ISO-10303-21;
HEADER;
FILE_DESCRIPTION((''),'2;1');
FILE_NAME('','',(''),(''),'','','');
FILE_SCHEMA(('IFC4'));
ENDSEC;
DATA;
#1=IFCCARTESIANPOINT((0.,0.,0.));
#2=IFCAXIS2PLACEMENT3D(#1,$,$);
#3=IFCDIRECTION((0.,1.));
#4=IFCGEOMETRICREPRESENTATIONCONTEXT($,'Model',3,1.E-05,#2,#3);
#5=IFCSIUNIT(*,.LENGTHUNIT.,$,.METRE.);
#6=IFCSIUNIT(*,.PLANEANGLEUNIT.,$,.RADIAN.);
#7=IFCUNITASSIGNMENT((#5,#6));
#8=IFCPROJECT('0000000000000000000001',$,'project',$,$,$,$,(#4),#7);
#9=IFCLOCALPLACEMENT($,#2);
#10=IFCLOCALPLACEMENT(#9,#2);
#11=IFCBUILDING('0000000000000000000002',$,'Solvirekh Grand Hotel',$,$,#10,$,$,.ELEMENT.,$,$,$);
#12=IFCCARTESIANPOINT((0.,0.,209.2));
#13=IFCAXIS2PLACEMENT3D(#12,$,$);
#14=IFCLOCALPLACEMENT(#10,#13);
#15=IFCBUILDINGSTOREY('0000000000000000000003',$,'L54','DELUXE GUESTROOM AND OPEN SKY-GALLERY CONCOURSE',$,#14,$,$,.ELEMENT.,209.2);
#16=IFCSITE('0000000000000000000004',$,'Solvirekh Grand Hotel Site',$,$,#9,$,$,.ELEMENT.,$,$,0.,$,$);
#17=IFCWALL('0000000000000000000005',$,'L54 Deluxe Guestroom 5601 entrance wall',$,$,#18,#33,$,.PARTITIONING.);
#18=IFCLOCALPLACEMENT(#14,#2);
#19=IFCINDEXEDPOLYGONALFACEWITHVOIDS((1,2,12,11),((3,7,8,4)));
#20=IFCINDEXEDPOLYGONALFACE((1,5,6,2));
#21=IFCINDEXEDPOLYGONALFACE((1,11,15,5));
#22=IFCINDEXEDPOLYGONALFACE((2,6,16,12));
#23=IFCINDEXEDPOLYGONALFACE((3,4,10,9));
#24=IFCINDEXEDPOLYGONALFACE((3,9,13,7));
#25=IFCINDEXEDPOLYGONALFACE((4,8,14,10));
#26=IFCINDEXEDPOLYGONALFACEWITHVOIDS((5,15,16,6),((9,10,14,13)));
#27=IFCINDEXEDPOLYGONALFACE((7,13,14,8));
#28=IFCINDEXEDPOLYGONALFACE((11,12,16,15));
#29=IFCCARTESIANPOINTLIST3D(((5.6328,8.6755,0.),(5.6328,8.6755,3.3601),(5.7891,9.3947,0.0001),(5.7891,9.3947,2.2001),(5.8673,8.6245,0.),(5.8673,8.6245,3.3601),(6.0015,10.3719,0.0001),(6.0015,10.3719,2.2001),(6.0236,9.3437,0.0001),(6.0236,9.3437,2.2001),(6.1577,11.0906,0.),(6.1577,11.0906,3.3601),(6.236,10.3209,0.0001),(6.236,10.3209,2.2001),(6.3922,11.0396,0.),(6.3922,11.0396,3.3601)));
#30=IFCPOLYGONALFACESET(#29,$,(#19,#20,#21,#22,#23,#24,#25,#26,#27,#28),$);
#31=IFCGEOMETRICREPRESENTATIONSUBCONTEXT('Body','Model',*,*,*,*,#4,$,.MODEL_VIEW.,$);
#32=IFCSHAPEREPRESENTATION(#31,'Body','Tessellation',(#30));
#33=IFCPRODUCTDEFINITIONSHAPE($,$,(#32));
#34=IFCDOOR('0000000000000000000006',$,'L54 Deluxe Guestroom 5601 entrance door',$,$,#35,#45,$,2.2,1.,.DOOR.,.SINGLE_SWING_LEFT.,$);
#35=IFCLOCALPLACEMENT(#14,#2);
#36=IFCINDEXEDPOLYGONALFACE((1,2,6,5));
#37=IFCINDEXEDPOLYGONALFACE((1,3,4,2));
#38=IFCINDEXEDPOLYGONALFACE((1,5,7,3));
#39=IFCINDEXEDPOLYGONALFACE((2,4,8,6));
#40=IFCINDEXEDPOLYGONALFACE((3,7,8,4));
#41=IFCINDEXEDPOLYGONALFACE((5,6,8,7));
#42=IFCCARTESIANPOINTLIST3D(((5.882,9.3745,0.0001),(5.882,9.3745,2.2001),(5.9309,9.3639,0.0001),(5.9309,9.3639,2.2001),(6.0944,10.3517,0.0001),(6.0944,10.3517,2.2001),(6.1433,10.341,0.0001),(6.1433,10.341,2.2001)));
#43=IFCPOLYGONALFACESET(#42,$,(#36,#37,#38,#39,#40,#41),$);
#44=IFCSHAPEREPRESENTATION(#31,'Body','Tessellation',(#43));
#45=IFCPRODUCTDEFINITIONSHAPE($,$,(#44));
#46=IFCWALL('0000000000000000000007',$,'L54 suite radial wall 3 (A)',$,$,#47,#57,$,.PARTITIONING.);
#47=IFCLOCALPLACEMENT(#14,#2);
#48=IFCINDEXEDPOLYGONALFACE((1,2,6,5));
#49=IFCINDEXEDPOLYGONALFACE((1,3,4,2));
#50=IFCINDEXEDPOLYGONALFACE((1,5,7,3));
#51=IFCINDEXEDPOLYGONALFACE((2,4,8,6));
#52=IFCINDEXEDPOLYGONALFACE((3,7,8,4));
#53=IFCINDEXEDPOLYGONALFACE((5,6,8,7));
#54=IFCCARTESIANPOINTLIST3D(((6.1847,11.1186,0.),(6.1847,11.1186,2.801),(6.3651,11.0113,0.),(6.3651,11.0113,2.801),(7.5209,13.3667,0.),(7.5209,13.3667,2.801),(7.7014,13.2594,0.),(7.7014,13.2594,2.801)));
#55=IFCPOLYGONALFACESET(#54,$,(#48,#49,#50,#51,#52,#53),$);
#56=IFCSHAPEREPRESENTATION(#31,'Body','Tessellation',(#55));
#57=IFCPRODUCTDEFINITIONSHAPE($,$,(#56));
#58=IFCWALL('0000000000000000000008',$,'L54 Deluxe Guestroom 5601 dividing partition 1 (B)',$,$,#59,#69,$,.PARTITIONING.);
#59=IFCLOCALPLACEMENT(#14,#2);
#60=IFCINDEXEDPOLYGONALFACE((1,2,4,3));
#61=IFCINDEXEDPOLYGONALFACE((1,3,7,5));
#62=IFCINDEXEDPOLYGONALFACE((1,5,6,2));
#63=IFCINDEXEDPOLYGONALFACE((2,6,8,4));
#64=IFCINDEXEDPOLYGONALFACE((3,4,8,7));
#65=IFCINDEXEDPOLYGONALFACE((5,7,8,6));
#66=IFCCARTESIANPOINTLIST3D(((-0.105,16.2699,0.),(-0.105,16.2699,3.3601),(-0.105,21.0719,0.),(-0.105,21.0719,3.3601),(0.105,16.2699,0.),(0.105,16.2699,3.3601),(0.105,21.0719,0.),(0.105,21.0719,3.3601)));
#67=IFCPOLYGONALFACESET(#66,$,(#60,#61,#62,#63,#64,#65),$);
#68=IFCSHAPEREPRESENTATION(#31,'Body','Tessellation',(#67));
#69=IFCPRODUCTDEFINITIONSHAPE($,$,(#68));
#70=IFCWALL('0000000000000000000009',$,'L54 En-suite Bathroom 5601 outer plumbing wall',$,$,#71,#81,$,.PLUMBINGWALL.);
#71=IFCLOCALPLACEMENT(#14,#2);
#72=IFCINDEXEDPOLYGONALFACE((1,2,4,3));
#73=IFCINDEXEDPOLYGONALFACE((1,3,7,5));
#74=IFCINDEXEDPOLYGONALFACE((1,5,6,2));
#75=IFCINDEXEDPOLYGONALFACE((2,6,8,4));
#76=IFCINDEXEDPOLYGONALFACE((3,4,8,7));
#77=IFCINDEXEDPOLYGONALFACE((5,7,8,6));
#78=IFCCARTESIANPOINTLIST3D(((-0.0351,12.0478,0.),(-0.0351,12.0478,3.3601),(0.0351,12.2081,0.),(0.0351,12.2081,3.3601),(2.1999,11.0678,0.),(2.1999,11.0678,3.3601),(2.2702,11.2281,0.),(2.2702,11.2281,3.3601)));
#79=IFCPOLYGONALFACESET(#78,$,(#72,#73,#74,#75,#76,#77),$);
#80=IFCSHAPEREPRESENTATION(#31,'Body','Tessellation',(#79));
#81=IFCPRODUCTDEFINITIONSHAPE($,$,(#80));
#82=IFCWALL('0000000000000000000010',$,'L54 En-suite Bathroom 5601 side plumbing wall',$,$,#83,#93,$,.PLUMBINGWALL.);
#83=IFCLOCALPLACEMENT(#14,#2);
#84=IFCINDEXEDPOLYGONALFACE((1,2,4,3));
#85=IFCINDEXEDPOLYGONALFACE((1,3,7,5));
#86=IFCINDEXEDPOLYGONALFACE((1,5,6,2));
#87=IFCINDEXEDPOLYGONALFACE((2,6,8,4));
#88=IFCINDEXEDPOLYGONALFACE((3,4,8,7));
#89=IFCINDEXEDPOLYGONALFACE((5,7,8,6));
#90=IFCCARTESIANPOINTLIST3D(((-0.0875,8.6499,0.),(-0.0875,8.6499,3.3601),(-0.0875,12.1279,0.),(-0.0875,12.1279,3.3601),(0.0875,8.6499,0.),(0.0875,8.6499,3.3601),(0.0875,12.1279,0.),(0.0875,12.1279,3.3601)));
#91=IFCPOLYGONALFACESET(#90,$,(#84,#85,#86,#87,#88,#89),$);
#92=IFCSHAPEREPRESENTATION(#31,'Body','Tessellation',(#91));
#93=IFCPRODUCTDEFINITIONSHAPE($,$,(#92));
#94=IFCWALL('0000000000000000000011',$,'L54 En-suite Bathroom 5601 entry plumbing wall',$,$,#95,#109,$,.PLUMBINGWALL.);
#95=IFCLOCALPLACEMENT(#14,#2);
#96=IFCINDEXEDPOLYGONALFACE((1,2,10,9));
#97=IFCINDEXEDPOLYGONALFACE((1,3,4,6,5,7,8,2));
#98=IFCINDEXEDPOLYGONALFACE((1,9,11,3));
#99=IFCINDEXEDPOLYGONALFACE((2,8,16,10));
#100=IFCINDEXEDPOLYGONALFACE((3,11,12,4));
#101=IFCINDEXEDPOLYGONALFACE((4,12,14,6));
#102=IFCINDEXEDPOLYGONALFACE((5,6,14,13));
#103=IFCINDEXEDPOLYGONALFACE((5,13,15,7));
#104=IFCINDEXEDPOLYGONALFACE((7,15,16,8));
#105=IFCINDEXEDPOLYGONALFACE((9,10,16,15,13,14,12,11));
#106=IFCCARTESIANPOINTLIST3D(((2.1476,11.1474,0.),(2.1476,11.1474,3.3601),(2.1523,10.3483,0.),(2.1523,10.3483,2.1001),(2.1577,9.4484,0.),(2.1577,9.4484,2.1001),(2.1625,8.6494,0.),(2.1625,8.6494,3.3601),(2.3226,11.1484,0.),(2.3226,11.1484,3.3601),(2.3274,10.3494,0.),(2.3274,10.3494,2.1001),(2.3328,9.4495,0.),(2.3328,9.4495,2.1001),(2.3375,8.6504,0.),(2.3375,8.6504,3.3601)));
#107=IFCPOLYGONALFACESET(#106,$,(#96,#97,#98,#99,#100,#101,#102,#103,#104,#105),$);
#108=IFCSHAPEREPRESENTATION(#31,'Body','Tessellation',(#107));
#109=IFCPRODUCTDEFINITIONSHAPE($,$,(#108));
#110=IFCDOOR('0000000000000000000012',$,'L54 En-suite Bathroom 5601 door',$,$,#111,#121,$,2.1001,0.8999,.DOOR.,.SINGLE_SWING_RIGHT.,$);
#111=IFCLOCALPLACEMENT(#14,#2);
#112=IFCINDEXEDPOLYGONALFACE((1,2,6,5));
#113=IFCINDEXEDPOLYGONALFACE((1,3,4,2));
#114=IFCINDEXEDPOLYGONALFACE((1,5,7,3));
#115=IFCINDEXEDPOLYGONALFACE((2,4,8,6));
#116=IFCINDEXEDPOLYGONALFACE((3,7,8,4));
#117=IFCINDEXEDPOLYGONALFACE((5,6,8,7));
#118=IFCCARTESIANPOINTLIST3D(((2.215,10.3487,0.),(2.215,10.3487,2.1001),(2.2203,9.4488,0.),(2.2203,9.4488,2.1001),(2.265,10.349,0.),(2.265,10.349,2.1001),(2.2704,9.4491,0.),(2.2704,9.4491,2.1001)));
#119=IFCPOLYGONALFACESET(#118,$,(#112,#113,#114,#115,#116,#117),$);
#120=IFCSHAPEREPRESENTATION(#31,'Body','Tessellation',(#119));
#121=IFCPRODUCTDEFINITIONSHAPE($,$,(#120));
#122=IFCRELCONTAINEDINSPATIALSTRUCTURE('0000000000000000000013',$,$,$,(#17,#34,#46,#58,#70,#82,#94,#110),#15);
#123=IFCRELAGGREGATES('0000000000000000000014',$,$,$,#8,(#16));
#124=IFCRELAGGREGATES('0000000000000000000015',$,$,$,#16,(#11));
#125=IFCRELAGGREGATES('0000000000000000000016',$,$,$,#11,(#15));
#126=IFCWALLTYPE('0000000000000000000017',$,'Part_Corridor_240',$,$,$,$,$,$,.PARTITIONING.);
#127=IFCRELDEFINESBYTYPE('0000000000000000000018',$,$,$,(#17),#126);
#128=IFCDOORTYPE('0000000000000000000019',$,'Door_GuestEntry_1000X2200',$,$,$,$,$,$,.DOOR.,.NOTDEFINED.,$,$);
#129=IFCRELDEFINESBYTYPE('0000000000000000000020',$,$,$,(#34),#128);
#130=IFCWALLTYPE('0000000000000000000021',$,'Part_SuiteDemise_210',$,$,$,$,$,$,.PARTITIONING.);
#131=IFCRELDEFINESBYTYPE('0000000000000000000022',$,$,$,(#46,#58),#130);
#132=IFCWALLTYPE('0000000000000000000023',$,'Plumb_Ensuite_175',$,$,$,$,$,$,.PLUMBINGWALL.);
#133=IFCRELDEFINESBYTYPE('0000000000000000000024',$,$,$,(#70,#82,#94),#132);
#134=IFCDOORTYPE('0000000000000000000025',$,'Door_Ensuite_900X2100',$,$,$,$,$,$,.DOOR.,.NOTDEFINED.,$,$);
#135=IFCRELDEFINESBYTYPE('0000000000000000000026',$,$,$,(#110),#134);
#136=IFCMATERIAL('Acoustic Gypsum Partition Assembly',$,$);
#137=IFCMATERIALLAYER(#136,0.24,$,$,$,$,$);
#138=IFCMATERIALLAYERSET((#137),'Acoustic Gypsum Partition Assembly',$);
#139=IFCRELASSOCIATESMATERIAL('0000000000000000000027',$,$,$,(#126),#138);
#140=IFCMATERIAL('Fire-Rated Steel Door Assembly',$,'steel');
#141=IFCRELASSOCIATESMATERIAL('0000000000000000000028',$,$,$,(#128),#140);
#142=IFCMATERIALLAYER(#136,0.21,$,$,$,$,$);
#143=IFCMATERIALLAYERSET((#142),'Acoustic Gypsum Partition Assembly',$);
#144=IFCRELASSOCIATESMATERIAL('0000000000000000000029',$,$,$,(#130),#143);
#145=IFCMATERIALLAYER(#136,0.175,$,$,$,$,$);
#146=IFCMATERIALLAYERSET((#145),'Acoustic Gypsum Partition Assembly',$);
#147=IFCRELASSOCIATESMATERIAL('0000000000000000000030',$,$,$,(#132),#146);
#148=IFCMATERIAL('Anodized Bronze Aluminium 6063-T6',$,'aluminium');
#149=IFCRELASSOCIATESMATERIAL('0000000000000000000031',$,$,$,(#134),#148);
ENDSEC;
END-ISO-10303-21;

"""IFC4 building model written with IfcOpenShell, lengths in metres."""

from ifc_helpers import new_model, si_unit, direction, frame, frame_2d, origin, place, context, subcontext, project, spatial, rectangle, extrude, material, layer, layer_set, type_object, element, fill, save


model = new_model("IFC4")

# Units and contexts
model_context = context("Model", 3, precision=1e-05, world=origin(), true_north=direction((0.0, 1.0)))
body_context = subcontext(model_context, "Body", "Model", "MODEL_VIEW")
ifc_project = project(units=[si_unit("LENGTHUNIT", "METRE"), si_unit("PLANEANGLEUNIT", "RADIAN")], contexts=[model_context])

# Site, building, storey
site_placement = place(None, origin())
site = spatial("IfcSite", under=ifc_project, at=site_placement, Name="Solvirekh Grand Hotel Site", CompositionType="ELEMENT", RefElevation=0.0)
building_placement = place(site_placement, origin())
building = spatial("IfcBuilding", under=site, at=building_placement, Name="Solvirekh Grand Hotel", CompositionType="ELEMENT")
storey_placement = place(building_placement, frame((0.0, 0.0, 209.2)))
storey = spatial("IfcBuildingStorey", under=building, at=storey_placement, Name="L54", Description="DELUXE GUESTROOM AND OPEN SKY-GALLERY CONCOURSE", CompositionType="ELEMENT", Elevation=209.2)

# Shared definitions
ifc_material_1 = material(Name="Anodized Bronze Aluminium 6063-T6", Category="aluminium")

# Shared definitions
ifc_material_2 = material(Name="Acoustic Gypsum Partition Assembly")
ifc_layer_1 = layer(ifc_material_2, 0.24)
ifc_layer_set_1 = layer_set([ifc_layer_1], Name="Acoustic Gypsum Partition Assembly")
wall_type_1 = type_object("IfcWallType", Name="Part_Corridor_240", PredefinedType="PARTITIONING", material=ifc_layer_set_1)

# Wall, opening, door
wall_1_placement = place(storey_placement, frame((5.75, 8.6499, 0.0), z_axis=(0.0, 0.0, 1.0), x_axis=(0.212389, 0.977185, 0.0)))
wall_1 = element("IfcWall", 1, at=wall_1_placement, inside=storey, type_object=wall_type_1, Name="L54 Deluxe Guestroom 5601 entrance wall", PredefinedType="PARTITIONING", context=body_context, shape_type="SweptSolid", body=[
    extrude(rectangle(XDim=2.4714, YDim=0.24, at=frame_2d((1.2358, 0.0))), origin(), (0.0, 0.0, 1.0), 3.3601),
])
opening_1_placement = place(wall_1_placement, frame((0.7361, 0.0, 0.0)))
opening_1 = element("IfcOpeningElement", 2, at=opening_1_placement, cuts=wall_1, PredefinedType="OPENING", context=body_context, shape_type="SweptSolid", body=[
    extrude(rectangle(XDim=1.0, YDim=2.2, at=frame_2d((0.5, 1.1001))), frame((0.0, 0.1299, 0.0), z_axis=(0.0, -1.0, 0.0), x_axis=(1.0, 0.0, 0.0)), (0.0, 0.0, 1.0), 0.26),
])
ifc_material_3 = material(Name="Fire-Rated Steel Door Assembly", Category="steel")
door_type_1 = type_object("IfcDoorType", Name="Door_GuestEntry_1000X2200", OperationType="NOTDEFINED", PredefinedType="DOOR", material=ifc_material_3)
door_1_placement = place(opening_1_placement, origin())
door_1 = element("IfcDoor", 3, at=door_1_placement, inside=storey, type_object=door_type_1, Name="L54 Deluxe Guestroom 5601 entrance door", OperationType="SINGLE_SWING_LEFT", OverallHeight=2.2, OverallWidth=1.0, PredefinedType="DOOR", context=body_context, shape_type="SweptSolid", body=[
    extrude(rectangle(XDim=1.0, YDim=2.2, at=frame_2d((0.5, 1.1001))), frame((0.0, 0.0249, 0.0), z_axis=(0.0, -1.0, 0.0), x_axis=(1.0, 0.0, 0.0)), (0.0, 0.0, 1.0), 0.05),
])
fill(opening_1, door_1)

# Walls
ifc_layer_2 = layer(ifc_material_2, 0.21)
ifc_layer_set_2 = layer_set([ifc_layer_2], Name="Acoustic Gypsum Partition Assembly")
wall_type_2 = type_object("IfcWallType", Name="Part_SuiteDemise_210", PredefinedType="PARTITIONING", material=ifc_layer_set_2)
wall_2_placement = place(storey_placement, frame((6.2749, 11.0649, 0.0), z_axis=(0.0, 0.0, 1.0), x_axis=(0.510936, 0.859619, 0.0)))
element("IfcWall", 4, at=wall_2_placement, inside=storey, type_object=wall_type_2, Name="L54 suite radial wall 3 (A)", PredefinedType="PARTITIONING", context=body_context, shape_type="SweptSolid", body=[
    extrude(rectangle(XDim=2.6152, YDim=0.21, at=frame_2d((1.3076, 0.0))), origin(), (0.0, 0.0, 1.0), 2.801),
])
wall_3_placement = place(storey_placement, frame((0.0, 16.27, 0.0), z_axis=(0.0, 0.0, 1.0), x_axis=(0.0, 1.0, 0.0)))
element("IfcWall", 5, at=wall_3_placement, inside=storey, type_object=wall_type_2, Name="L54 Deluxe Guestroom 5601 dividing partition 1 (B)", PredefinedType="PARTITIONING", context=body_context, shape_type="SweptSolid", body=[
    extrude(rectangle(XDim=4.802, YDim=0.21, at=frame_2d((2.4009, 0.0))), origin(), (0.0, 0.0, 1.0), 3.3601),
])
ifc_layer_3 = layer(ifc_material_2, 0.175)
ifc_layer_set_3 = layer_set([ifc_layer_3], Name="Acoustic Gypsum Partition Assembly")
wall_type_3 = type_object("IfcWallType", Name="Plumb_Ensuite_175", PredefinedType="PLUMBINGWALL", material=ifc_layer_set_3)
wall_4_placement = place(storey_placement, frame((0.0, 12.1279, 0.0), z_axis=(0.0, 0.0, 1.0), x_axis=(0.915838, -0.401548, 0.0)))
element("IfcWall", 6, at=wall_4_placement, inside=storey, type_object=wall_type_3, Name="L54 En-suite Bathroom 5601 outer plumbing wall", PredefinedType="PLUMBINGWALL", context=body_context, shape_type="SweptSolid", body=[
    extrude(rectangle(XDim=2.4404, YDim=0.175, at=frame_2d((1.2202, 0.0))), origin(), (0.0, 0.0, 1.0), 3.3601),
])
wall_5_placement = place(storey_placement, frame((0.0, 12.1279, 0.0), z_axis=(0.0, 0.0, 1.0), x_axis=(0.0, -1.0, 0.0)))
element("IfcWall", 7, at=wall_5_placement, inside=storey, type_object=wall_type_3, Name="L54 En-suite Bathroom 5601 side plumbing wall", PredefinedType="PLUMBINGWALL", context=body_context, shape_type="SweptSolid", body=[
    extrude(rectangle(XDim=3.478, YDim=0.175, at=frame_2d((1.739, 0.0))), origin(), (0.0, 0.0, 1.0), 3.3601),
])

# Wall, opening, door
wall_6_placement = place(storey_placement, frame((2.25, 8.6499, 0.0), z_axis=(0.0, 0.0, 1.0), x_axis=(-0.005962, 0.999982, 0.0)))
wall_6 = element("IfcWall", 8, at=wall_6_placement, inside=storey, type_object=wall_type_3, Name="L54 En-suite Bathroom 5601 entry plumbing wall", PredefinedType="PLUMBINGWALL", context=body_context, shape_type="SweptSolid", body=[
    extrude(rectangle(XDim=2.498, YDim=0.175, at=frame_2d((1.249, 0.0))), origin(), (0.0, 0.0, 1.0), 3.3601),
])
opening_2_placement = place(wall_6_placement, frame((0.7991, 0.0, 0.0)))
opening_2 = element("IfcOpeningElement", 9, at=opening_2_placement, cuts=wall_6, PredefinedType="OPENING", context=body_context, shape_type="SweptSolid", body=[
    extrude(rectangle(XDim=0.8999, YDim=2.1001, at=frame_2d((0.45, 1.05))), frame((0.0, 0.0977, 0.0), z_axis=(0.0, -1.0, 0.0), x_axis=(1.0, 0.0, 0.0)), (0.0, 0.0, 1.0), 0.1951),
])
door_type_2 = type_object("IfcDoorType", Name="Door_Ensuite_900X2100", OperationType="NOTDEFINED", PredefinedType="DOOR", material=ifc_material_1)
door_2_placement = place(opening_2_placement, origin())
door_2 = element("IfcDoor", 10, at=door_2_placement, inside=storey, type_object=door_type_2, Name="L54 En-suite Bathroom 5601 door", OperationType="SINGLE_SWING_RIGHT", OverallHeight=2.1001, OverallWidth=0.8999, PredefinedType="DOOR", context=body_context, shape_type="SweptSolid", body=[
    extrude(rectangle(XDim=0.8999, YDim=2.1001, at=frame_2d((0.45, 1.05))), frame((0.0, 0.0249, 0.0), z_axis=(0.0, -1.0, 0.0), x_axis=(1.0, 0.0, 0.0)), (0.0, 0.0, 1.0), 0.05),
])
fill(opening_2, door_2)

save(model, "model.ifc")
